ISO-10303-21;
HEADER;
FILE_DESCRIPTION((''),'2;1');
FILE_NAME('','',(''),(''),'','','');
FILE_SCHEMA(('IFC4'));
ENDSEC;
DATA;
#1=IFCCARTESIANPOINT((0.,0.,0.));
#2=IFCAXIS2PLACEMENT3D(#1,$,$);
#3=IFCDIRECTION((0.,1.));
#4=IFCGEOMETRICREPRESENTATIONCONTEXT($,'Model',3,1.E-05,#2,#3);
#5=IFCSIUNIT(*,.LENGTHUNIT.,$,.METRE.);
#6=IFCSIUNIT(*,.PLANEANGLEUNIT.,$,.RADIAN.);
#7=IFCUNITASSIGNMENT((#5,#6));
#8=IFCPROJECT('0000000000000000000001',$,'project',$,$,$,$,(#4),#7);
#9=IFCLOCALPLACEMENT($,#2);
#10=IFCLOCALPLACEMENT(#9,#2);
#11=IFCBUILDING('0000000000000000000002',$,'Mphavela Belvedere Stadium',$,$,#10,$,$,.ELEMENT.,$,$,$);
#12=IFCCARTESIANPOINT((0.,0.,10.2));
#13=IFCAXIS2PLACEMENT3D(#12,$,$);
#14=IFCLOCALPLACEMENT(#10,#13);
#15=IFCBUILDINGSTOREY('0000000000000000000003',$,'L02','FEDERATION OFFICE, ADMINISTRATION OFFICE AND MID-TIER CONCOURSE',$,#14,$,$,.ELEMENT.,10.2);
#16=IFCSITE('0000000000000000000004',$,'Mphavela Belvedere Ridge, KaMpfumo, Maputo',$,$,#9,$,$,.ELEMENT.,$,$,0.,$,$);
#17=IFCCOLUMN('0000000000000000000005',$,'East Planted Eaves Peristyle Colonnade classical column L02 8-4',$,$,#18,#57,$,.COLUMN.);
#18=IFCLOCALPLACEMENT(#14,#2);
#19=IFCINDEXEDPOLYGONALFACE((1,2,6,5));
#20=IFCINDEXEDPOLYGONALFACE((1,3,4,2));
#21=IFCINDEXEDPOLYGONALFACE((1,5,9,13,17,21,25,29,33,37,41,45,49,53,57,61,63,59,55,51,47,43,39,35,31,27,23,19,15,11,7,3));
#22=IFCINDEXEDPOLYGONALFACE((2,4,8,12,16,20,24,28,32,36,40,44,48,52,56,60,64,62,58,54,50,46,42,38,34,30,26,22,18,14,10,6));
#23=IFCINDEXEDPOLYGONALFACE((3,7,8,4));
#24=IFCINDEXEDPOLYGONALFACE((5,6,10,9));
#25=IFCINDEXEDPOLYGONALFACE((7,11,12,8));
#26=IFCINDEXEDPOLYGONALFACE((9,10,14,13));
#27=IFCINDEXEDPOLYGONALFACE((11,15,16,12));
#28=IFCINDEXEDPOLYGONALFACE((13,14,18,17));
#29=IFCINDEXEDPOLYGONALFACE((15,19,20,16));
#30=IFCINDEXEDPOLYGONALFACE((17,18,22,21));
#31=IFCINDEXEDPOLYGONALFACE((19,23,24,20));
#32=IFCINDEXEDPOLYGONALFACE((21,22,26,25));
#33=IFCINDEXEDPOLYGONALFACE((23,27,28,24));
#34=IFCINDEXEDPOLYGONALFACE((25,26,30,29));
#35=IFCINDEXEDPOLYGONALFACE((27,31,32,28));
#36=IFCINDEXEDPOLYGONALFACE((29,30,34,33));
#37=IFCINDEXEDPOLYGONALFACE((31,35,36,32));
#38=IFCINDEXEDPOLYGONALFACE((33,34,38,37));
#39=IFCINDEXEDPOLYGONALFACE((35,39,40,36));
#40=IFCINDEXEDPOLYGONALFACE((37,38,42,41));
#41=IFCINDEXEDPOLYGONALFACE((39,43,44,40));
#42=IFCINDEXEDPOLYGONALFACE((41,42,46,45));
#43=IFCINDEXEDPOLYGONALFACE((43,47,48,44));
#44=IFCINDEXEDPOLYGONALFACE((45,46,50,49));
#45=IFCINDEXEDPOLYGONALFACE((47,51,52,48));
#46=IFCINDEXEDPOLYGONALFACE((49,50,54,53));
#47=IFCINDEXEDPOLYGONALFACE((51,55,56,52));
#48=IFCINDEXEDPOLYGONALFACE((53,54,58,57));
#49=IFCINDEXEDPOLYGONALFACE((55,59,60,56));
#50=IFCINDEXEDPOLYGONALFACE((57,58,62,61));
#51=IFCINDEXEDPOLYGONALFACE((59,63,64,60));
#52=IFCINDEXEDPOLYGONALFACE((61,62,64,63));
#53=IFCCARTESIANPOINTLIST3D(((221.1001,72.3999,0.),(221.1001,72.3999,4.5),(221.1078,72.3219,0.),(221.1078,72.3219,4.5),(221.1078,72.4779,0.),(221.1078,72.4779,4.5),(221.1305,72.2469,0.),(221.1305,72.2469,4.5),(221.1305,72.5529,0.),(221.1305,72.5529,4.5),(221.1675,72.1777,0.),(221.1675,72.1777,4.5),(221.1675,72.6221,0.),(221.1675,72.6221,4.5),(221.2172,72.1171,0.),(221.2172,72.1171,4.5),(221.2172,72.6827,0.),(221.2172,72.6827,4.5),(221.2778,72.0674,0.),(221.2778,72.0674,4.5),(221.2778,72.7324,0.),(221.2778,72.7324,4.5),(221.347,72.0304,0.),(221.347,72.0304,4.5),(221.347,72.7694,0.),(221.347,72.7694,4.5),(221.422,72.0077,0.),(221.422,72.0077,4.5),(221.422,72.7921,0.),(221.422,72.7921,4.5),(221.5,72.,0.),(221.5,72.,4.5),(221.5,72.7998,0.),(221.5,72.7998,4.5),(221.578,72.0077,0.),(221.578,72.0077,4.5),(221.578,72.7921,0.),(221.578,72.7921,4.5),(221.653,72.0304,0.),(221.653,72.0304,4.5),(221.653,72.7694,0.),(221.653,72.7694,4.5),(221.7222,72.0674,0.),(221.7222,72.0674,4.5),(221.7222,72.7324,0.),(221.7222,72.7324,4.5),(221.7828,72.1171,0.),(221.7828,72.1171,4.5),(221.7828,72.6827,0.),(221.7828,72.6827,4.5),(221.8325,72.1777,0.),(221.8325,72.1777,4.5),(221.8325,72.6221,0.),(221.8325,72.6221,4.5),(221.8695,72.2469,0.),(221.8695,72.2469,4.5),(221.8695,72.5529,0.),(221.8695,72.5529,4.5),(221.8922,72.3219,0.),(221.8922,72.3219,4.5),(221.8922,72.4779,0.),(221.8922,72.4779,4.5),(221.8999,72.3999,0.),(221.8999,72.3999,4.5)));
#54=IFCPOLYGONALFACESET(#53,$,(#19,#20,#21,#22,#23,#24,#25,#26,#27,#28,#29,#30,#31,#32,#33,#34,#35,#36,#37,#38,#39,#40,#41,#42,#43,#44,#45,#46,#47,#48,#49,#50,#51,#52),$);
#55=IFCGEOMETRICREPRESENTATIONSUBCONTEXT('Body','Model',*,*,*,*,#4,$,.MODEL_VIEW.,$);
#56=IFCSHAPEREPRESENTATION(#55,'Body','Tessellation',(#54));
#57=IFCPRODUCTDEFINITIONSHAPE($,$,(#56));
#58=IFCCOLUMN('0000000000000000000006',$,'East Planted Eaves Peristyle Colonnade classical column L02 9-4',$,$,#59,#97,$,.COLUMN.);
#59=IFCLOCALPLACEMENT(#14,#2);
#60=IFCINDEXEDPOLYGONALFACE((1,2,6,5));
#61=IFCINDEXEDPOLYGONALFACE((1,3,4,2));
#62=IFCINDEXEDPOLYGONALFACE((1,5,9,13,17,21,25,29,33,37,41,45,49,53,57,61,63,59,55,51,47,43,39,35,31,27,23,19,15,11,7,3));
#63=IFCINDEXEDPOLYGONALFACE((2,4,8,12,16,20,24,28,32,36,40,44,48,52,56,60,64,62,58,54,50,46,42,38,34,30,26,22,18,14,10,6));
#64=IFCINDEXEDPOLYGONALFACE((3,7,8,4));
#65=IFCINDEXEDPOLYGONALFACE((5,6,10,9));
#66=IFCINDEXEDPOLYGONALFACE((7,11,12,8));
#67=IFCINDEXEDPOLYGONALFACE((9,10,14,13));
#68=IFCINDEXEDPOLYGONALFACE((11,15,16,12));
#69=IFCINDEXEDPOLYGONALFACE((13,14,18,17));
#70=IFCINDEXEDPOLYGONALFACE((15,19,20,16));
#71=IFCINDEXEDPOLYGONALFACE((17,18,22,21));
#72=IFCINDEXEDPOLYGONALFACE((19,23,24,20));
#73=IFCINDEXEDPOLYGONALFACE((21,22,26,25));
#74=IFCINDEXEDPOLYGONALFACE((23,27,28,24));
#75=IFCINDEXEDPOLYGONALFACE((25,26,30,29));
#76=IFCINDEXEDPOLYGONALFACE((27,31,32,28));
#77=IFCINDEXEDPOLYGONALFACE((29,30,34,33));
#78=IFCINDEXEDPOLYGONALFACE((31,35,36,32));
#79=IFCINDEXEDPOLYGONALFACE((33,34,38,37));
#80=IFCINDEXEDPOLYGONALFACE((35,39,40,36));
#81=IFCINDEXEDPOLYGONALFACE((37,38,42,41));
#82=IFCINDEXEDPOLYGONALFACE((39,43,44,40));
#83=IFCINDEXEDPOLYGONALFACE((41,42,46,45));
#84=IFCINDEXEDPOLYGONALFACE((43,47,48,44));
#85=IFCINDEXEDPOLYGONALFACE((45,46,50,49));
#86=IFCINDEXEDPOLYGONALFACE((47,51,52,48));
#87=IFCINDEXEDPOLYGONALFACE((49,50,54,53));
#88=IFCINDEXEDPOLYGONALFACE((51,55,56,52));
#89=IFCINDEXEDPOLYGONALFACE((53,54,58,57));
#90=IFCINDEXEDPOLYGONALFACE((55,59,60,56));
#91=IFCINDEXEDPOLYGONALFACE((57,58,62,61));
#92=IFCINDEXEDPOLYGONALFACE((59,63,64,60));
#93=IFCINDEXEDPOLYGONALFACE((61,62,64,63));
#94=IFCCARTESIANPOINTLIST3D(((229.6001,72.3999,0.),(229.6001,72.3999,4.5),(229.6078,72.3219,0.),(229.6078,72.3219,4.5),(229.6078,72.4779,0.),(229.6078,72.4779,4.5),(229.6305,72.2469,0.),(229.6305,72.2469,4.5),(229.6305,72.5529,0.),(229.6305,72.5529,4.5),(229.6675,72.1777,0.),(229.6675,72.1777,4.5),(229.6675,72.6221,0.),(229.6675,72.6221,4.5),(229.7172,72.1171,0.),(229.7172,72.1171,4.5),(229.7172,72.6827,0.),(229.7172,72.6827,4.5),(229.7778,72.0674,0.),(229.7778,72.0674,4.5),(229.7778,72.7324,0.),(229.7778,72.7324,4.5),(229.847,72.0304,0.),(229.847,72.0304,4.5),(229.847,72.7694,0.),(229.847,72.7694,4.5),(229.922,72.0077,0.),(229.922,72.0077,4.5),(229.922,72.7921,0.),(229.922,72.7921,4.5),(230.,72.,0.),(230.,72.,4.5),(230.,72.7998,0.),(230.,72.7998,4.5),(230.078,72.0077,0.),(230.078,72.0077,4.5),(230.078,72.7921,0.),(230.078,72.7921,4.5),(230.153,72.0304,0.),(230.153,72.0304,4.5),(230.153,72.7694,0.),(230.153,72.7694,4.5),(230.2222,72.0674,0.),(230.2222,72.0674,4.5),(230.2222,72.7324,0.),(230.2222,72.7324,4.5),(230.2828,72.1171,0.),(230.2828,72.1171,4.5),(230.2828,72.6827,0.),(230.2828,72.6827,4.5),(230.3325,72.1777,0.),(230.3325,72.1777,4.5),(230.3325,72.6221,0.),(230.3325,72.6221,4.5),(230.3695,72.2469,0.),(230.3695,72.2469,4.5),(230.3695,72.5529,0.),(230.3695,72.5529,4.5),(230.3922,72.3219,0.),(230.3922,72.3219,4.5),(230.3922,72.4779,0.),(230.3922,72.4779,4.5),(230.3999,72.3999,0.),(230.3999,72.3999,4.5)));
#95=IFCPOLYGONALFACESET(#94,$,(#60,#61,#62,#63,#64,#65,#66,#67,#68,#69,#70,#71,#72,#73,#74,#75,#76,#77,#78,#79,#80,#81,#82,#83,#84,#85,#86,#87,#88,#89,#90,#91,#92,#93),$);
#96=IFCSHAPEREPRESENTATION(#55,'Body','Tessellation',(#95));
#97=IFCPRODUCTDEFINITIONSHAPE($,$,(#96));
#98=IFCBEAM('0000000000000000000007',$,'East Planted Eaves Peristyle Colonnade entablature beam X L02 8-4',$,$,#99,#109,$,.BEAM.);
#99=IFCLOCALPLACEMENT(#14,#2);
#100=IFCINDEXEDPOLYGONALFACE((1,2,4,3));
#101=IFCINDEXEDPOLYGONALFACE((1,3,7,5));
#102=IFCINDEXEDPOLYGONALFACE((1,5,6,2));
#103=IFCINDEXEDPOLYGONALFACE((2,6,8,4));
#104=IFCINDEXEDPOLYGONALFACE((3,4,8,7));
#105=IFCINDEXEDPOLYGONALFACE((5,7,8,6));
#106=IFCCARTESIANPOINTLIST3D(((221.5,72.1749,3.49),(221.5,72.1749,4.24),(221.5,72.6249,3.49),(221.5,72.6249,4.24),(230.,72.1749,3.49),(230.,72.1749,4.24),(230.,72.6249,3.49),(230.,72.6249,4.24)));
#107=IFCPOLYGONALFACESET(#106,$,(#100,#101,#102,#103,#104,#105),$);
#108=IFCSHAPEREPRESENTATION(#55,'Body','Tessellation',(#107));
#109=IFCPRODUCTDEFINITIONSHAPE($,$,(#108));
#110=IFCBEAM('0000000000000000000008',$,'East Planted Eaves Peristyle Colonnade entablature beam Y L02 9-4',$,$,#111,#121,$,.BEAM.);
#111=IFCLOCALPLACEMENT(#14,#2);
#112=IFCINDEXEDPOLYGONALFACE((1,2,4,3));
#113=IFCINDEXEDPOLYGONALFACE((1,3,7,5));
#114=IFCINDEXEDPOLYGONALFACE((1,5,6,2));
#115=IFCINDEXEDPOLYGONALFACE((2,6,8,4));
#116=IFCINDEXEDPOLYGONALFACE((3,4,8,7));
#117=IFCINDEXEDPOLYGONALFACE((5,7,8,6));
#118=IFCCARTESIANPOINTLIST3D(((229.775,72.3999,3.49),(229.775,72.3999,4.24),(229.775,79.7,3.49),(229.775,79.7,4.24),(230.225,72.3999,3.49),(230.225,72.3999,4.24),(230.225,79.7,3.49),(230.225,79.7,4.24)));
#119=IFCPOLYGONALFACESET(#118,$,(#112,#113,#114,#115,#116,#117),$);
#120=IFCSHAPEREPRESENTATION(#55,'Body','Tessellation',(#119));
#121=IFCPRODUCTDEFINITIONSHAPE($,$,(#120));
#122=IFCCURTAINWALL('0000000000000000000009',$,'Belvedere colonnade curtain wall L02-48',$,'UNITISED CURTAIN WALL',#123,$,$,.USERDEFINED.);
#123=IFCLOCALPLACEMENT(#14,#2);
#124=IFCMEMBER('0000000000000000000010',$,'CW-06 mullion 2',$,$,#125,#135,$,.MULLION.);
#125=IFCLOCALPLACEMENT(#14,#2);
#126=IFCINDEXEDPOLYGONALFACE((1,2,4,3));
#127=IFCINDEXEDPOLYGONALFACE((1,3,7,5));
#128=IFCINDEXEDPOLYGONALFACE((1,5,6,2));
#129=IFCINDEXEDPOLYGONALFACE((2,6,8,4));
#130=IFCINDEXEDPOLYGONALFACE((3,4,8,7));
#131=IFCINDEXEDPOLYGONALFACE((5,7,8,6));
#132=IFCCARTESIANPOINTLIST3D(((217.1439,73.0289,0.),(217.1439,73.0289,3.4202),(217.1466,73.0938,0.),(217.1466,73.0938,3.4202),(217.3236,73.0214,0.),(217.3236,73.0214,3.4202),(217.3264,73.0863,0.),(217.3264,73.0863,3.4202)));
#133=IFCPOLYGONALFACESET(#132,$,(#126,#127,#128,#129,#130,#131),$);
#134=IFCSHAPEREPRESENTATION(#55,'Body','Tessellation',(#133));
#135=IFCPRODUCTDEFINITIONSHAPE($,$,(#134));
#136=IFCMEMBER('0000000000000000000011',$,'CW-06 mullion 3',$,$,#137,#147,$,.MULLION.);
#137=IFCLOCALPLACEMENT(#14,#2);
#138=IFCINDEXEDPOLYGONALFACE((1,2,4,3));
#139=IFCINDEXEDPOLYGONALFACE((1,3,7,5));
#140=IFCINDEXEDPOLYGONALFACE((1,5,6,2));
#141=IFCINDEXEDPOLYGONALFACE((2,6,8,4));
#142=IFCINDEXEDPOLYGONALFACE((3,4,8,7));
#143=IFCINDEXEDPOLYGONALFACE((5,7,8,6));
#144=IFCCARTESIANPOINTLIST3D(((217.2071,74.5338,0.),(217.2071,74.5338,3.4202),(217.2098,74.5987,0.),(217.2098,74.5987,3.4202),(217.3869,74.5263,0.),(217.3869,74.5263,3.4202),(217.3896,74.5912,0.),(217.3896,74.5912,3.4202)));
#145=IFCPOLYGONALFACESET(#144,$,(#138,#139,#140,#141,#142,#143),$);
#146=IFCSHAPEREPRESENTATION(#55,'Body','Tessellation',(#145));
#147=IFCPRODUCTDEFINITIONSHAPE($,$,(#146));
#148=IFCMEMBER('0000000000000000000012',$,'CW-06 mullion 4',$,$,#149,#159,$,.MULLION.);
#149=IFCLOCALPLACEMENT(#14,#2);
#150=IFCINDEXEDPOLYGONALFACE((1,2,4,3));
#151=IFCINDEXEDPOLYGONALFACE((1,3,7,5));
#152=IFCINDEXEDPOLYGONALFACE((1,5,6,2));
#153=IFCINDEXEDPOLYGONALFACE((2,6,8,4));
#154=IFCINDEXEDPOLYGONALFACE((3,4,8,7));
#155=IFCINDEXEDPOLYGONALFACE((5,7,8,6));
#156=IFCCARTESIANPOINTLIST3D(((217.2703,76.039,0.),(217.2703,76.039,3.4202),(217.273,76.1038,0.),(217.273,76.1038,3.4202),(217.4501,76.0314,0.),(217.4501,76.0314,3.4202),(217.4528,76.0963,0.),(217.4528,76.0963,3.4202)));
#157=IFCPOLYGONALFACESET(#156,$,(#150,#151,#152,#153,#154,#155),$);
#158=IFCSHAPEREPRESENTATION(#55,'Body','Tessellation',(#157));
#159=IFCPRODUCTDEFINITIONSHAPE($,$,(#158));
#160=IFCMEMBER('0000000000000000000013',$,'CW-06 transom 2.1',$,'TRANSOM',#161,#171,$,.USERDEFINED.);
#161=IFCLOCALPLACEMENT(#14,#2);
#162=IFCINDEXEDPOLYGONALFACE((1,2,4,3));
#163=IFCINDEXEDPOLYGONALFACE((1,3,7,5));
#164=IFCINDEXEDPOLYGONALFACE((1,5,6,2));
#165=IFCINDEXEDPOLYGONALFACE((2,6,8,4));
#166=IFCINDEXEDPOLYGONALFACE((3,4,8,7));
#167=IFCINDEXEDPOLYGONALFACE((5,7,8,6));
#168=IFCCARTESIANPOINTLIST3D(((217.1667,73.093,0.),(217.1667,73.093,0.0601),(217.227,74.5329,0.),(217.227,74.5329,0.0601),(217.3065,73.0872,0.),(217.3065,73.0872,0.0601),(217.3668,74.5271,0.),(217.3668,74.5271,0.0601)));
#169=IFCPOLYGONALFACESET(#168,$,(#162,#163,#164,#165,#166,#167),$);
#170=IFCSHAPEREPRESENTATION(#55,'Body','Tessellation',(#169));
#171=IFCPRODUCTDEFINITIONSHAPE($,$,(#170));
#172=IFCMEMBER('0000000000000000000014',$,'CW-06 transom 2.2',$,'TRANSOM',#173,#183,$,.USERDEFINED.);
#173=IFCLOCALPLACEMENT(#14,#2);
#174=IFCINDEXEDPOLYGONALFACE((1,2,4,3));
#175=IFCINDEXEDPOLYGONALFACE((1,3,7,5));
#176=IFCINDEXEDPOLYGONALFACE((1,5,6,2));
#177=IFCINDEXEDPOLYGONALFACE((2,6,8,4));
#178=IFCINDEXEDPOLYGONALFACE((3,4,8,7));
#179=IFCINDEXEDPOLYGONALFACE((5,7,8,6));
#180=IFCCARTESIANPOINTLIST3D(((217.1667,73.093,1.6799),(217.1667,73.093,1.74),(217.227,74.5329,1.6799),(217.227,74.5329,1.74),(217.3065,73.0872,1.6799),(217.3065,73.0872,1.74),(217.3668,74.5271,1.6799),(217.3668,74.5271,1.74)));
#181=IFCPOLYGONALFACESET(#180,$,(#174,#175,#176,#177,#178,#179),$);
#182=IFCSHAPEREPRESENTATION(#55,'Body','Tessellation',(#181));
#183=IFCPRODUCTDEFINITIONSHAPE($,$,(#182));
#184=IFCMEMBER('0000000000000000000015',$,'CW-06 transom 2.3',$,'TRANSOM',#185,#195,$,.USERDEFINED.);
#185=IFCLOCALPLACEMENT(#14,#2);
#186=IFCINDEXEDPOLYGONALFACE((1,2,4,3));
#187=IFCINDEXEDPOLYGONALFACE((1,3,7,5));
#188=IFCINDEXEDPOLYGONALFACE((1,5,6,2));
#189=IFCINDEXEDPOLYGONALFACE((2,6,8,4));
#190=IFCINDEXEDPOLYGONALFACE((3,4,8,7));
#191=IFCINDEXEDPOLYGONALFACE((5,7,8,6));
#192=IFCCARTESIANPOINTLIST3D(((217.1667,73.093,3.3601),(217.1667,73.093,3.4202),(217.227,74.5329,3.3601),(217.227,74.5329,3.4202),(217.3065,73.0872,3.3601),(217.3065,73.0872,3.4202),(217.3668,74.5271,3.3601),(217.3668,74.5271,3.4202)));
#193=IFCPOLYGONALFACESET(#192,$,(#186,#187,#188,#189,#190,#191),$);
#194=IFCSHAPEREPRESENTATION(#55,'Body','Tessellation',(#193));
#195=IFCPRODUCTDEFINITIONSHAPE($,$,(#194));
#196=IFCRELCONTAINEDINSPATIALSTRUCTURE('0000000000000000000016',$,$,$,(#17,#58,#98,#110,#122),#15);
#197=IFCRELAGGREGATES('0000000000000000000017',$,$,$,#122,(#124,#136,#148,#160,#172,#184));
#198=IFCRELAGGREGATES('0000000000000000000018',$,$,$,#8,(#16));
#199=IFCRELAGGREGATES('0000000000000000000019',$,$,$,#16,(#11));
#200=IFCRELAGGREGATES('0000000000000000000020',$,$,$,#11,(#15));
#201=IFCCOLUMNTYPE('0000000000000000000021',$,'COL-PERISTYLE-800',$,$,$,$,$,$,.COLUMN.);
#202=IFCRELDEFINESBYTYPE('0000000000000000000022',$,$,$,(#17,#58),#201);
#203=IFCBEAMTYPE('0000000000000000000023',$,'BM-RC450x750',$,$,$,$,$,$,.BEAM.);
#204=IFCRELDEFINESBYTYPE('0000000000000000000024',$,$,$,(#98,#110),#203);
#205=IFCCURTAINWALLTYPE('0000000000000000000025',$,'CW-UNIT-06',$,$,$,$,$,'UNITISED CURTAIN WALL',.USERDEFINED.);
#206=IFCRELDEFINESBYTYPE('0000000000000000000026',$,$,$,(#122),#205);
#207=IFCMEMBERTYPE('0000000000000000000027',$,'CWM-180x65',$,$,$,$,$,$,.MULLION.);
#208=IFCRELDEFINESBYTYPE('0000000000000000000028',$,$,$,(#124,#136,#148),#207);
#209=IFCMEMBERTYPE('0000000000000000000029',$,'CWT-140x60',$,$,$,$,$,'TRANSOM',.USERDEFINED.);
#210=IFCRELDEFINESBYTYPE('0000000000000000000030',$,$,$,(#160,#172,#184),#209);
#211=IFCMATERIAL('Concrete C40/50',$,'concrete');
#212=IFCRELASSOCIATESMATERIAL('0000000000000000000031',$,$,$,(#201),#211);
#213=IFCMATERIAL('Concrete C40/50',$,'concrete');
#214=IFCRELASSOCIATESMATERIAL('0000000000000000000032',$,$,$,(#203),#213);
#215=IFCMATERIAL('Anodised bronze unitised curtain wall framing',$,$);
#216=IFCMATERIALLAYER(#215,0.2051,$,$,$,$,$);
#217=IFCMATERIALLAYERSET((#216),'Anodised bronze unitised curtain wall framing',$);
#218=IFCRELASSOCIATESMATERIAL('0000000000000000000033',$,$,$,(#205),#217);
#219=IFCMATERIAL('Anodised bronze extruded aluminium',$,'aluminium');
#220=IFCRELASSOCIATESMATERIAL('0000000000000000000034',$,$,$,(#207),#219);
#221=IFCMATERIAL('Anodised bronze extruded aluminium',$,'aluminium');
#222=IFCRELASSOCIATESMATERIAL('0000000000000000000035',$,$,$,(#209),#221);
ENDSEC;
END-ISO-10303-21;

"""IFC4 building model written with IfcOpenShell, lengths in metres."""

from ifc_helpers import new_model, si_unit, direction, frame, origin, origin_2d, place, context, subcontext, project, spatial, rectangle, circle, extrude, material, layer, layer_set, material_profile, profile_set, type_object, element, aggregate, save


model = new_model("IFC4")

# Units and contexts
model_context = context("Model", 3, precision=1e-05, world=origin(), true_north=direction((0.0, 1.0)))
body_context = subcontext(model_context, "Body", "Model", "MODEL_VIEW")
ifc_project = project(units=[si_unit("LENGTHUNIT", "METRE"), si_unit("PLANEANGLEUNIT", "RADIAN")], contexts=[model_context])

# Site, building, storey
site_placement = place(None, origin())
site = spatial("IfcSite", under=ifc_project, at=site_placement, Name="Mphavela Belvedere Ridge, KaMpfumo, Maputo", CompositionType="ELEMENT", RefElevation=0.0)
building_placement = place(site_placement, origin())
building = spatial("IfcBuilding", under=site, at=building_placement, Name="Mphavela Belvedere Stadium", CompositionType="ELEMENT")
storey_placement = place(building_placement, frame((0.0, 0.0, 10.2)))
storey = spatial("IfcBuildingStorey", under=building, at=storey_placement, Name="L02", Description="FEDERATION OFFICE, ADMINISTRATION OFFICE AND MID-TIER CONCOURSE", CompositionType="ELEMENT", Elevation=10.2)

# Columns
ifc_material_1 = material(Name="Concrete C40/50", Category="concrete")
ifc_material_profile_1 = material_profile(ifc_material_1, circle(Radius=0.3999, at=origin_2d()), Name="COL D800")
ifc_profile_set_1 = profile_set([ifc_material_profile_1], Name="Concrete C40/50")
column_type = type_object("IfcColumnType", Name="COL-PERISTYLE-800", PredefinedType="COLUMN", material=ifc_profile_set_1)
for number, where, z_axis, x_axis, name in (
    (1, (221.5, 72.3999, 0.0), (0.0, 0.0, 1.0), (1.0, 0.0, 0.0), "East Planted Eaves Peristyle Colonnade classical column L02 8-4"),
    (2, (230.0, 72.3999, 0.0), (0.0, 0.0, 1.0), (1.0, 0.0, 0.0), "East Planted Eaves Peristyle Colonnade classical column L02 9-4"),
):
    element("IfcColumn", number, at=place(storey_placement, frame(where, z_axis=z_axis, x_axis=x_axis)), inside=storey, type_object=column_type, Name=name, PredefinedType="COLUMN", context=body_context, shape_type="SweptSolid", body=[
        extrude(circle(Radius=0.3999, at=origin_2d()), origin(), (0.0, 0.0, 1.0), 4.5),
    ])

# Beams
ifc_material_2 = material(Name="Concrete C40/50", Category="concrete")
ifc_material_profile_2 = material_profile(ifc_material_2, rectangle(XDim=0.45, YDim=0.75, at=origin_2d()), Name="RC 450x750")
ifc_profile_set_2 = profile_set([ifc_material_profile_2], Name="Concrete C40/50")
beam_type = type_object("IfcBeamType", Name="BM-RC450x750", PredefinedType="BEAM", material=ifc_profile_set_2)
beam_1_placement = place(storey_placement, frame((221.5, 72.3999, 3.865), z_axis=(1.0, 0.0, 0.0), x_axis=(0.0, 1.0, 0.0)))
element("IfcBeam", 3, at=beam_1_placement, inside=storey, type_object=beam_type, Name="East Planted Eaves Peristyle Colonnade entablature beam X L02 8-4", PredefinedType="BEAM", context=body_context, shape_type="SweptSolid", body=[
    extrude(rectangle(XDim=0.45, YDim=0.75, at=origin_2d()), origin(), (0.0, 0.0, 1.0), 8.5),
])
beam_2_placement = place(storey_placement, frame((230.0, 72.3999, 3.865), z_axis=(0.0, 1.0, 0.0), x_axis=(-1.0, 0.0, 0.0)))
element("IfcBeam", 4, at=beam_2_placement, inside=storey, type_object=beam_type, Name="East Planted Eaves Peristyle Colonnade entablature beam Y L02 9-4", PredefinedType="BEAM", context=body_context, shape_type="SweptSolid", body=[
    extrude(rectangle(XDim=0.45, YDim=0.75, at=origin_2d()), origin(), (0.0, 0.0, 1.0), 7.3),
])

# Curtain wall, members
ifc_material_3 = material(Name="Anodised bronze unitised curtain wall framing")
ifc_layer_1 = layer(ifc_material_3, 0.2051)
ifc_layer_set_1 = layer_set([ifc_layer_1], Name="Anodised bronze unitised curtain wall framing")
curtain_wall_type = type_object("IfcCurtainWallType", Name="CW-UNIT-06", ElementType="UNITISED CURTAIN WALL", PredefinedType="USERDEFINED", material=ifc_layer_set_1)
curtain_wall_placement = place(storey_placement, origin())
curtain_wall = element("IfcCurtainWall", 5, at=curtain_wall_placement, inside=storey, type_object=curtain_wall_type, Name="Belvedere colonnade curtain wall L02-48", ObjectType="UNITISED CURTAIN WALL", PredefinedType="USERDEFINED")
ifc_material_4 = material(Name="Anodised bronze extruded aluminium", Category="aluminium")
ifc_material_profile_3 = material_profile(ifc_material_4, rectangle(XDim=0.1799, YDim=0.0649, at=origin_2d()), Name="CW-MUL 180x65")
ifc_profile_set_3 = profile_set([ifc_material_profile_3], Name="Anodised bronze extruded aluminium")
member_type_1 = type_object("IfcMemberType", Name="CWM-180x65", PredefinedType="MULLION", material=ifc_profile_set_3)
member_1_placement = place(storey_placement, frame((217.2351, 73.0576, 0.0), z_axis=(0.0, 0.0, 1.0), x_axis=(-0.999122, 0.041904, 0.0)))
member_1 = element("IfcMember", 6, at=member_1_placement, type_object=member_type_1, Name="CW-06 mullion 2", PredefinedType="MULLION", context=body_context, shape_type="SweptSolid", body=[
    extrude(rectangle(XDim=0.1799, YDim=0.0649, at=origin_2d()), origin(), (0.0, 0.0, 1.0), 3.4202),
])
member_2_placement = place(storey_placement, frame((217.2983, 74.5625, 0.0), z_axis=(0.0, 0.0, 1.0), x_axis=(-0.999122, 0.041904, 0.0)))
member_2 = element("IfcMember", 7, at=member_2_placement, type_object=member_type_1, Name="CW-06 mullion 3", PredefinedType="MULLION", context=body_context, shape_type="SweptSolid", body=[
    extrude(rectangle(XDim=0.1799, YDim=0.0649, at=origin_2d()), origin(), (0.0, 0.0, 1.0), 3.4202),
])
member_3_placement = place(storey_placement, frame((217.3616, 76.0676, 0.0), z_axis=(0.0, 0.0, 1.0), x_axis=(-0.999122, 0.041904, 0.0)))
member_3 = element("IfcMember", 8, at=member_3_placement, type_object=member_type_1, Name="CW-06 mullion 4", PredefinedType="MULLION", context=body_context, shape_type="SweptSolid", body=[
    extrude(rectangle(XDim=0.1799, YDim=0.0649, at=origin_2d()), origin(), (0.0, 0.0, 1.0), 3.4202),
])
ifc_material_5 = material(Name="Anodised bronze extruded aluminium", Category="aluminium")
ifc_material_profile_4 = material_profile(ifc_material_5, rectangle(XDim=0.1399, YDim=0.0601, at=origin_2d()), Name="CW-TRN 140x60")
ifc_profile_set_4 = profile_set([ifc_material_profile_4], Name="Anodised bronze extruded aluminium")
member_type_2 = type_object("IfcMemberType", Name="CWT-140x60", ElementType="TRANSOM", PredefinedType="USERDEFINED", material=ifc_profile_set_4)
member_4_placement = place(storey_placement, frame((217.2366, 73.0901, 0.03), z_axis=(0.041842, 0.999124, 0.0), x_axis=(-0.999124, 0.041842, 0.0)))
member_4 = element("IfcMember", 9, at=member_4_placement, type_object=member_type_2, Name="CW-06 transom 2.1", ObjectType="TRANSOM", PredefinedType="USERDEFINED", context=body_context, shape_type="SweptSolid", body=[
    extrude(rectangle(XDim=0.1399, YDim=0.0601, at=origin_2d()), origin(), (0.0, 0.0, 1.0), 1.4412),
])
member_5_placement = place(storey_placement, frame((217.2366, 73.0901, 1.71), z_axis=(0.041842, 0.999124, 0.0), x_axis=(-0.999124, 0.041842, 0.0)))
member_5 = element("IfcMember", 10, at=member_5_placement, type_object=member_type_2, Name="CW-06 transom 2.2", ObjectType="TRANSOM", PredefinedType="USERDEFINED", context=body_context, shape_type="SweptSolid", body=[
    extrude(rectangle(XDim=0.1399, YDim=0.0601, at=origin_2d()), origin(), (0.0, 0.0, 1.0), 1.4412),
])
member_6_placement = place(storey_placement, frame((217.2366, 73.0901, 3.3901), z_axis=(0.041842, 0.999124, 0.0), x_axis=(-0.999124, 0.041842, 0.0)))
member_6 = element("IfcMember", 11, at=member_6_placement, type_object=member_type_2, Name="CW-06 transom 2.3", ObjectType="TRANSOM", PredefinedType="USERDEFINED", context=body_context, shape_type="SweptSolid", body=[
    extrude(rectangle(XDim=0.1399, YDim=0.0601, at=origin_2d()), origin(), (0.0, 0.0, 1.0), 1.4412),
])
aggregate(curtain_wall, [member_1, member_2, member_3, member_4, member_5, member_6])

save(model, "model.ifc")
